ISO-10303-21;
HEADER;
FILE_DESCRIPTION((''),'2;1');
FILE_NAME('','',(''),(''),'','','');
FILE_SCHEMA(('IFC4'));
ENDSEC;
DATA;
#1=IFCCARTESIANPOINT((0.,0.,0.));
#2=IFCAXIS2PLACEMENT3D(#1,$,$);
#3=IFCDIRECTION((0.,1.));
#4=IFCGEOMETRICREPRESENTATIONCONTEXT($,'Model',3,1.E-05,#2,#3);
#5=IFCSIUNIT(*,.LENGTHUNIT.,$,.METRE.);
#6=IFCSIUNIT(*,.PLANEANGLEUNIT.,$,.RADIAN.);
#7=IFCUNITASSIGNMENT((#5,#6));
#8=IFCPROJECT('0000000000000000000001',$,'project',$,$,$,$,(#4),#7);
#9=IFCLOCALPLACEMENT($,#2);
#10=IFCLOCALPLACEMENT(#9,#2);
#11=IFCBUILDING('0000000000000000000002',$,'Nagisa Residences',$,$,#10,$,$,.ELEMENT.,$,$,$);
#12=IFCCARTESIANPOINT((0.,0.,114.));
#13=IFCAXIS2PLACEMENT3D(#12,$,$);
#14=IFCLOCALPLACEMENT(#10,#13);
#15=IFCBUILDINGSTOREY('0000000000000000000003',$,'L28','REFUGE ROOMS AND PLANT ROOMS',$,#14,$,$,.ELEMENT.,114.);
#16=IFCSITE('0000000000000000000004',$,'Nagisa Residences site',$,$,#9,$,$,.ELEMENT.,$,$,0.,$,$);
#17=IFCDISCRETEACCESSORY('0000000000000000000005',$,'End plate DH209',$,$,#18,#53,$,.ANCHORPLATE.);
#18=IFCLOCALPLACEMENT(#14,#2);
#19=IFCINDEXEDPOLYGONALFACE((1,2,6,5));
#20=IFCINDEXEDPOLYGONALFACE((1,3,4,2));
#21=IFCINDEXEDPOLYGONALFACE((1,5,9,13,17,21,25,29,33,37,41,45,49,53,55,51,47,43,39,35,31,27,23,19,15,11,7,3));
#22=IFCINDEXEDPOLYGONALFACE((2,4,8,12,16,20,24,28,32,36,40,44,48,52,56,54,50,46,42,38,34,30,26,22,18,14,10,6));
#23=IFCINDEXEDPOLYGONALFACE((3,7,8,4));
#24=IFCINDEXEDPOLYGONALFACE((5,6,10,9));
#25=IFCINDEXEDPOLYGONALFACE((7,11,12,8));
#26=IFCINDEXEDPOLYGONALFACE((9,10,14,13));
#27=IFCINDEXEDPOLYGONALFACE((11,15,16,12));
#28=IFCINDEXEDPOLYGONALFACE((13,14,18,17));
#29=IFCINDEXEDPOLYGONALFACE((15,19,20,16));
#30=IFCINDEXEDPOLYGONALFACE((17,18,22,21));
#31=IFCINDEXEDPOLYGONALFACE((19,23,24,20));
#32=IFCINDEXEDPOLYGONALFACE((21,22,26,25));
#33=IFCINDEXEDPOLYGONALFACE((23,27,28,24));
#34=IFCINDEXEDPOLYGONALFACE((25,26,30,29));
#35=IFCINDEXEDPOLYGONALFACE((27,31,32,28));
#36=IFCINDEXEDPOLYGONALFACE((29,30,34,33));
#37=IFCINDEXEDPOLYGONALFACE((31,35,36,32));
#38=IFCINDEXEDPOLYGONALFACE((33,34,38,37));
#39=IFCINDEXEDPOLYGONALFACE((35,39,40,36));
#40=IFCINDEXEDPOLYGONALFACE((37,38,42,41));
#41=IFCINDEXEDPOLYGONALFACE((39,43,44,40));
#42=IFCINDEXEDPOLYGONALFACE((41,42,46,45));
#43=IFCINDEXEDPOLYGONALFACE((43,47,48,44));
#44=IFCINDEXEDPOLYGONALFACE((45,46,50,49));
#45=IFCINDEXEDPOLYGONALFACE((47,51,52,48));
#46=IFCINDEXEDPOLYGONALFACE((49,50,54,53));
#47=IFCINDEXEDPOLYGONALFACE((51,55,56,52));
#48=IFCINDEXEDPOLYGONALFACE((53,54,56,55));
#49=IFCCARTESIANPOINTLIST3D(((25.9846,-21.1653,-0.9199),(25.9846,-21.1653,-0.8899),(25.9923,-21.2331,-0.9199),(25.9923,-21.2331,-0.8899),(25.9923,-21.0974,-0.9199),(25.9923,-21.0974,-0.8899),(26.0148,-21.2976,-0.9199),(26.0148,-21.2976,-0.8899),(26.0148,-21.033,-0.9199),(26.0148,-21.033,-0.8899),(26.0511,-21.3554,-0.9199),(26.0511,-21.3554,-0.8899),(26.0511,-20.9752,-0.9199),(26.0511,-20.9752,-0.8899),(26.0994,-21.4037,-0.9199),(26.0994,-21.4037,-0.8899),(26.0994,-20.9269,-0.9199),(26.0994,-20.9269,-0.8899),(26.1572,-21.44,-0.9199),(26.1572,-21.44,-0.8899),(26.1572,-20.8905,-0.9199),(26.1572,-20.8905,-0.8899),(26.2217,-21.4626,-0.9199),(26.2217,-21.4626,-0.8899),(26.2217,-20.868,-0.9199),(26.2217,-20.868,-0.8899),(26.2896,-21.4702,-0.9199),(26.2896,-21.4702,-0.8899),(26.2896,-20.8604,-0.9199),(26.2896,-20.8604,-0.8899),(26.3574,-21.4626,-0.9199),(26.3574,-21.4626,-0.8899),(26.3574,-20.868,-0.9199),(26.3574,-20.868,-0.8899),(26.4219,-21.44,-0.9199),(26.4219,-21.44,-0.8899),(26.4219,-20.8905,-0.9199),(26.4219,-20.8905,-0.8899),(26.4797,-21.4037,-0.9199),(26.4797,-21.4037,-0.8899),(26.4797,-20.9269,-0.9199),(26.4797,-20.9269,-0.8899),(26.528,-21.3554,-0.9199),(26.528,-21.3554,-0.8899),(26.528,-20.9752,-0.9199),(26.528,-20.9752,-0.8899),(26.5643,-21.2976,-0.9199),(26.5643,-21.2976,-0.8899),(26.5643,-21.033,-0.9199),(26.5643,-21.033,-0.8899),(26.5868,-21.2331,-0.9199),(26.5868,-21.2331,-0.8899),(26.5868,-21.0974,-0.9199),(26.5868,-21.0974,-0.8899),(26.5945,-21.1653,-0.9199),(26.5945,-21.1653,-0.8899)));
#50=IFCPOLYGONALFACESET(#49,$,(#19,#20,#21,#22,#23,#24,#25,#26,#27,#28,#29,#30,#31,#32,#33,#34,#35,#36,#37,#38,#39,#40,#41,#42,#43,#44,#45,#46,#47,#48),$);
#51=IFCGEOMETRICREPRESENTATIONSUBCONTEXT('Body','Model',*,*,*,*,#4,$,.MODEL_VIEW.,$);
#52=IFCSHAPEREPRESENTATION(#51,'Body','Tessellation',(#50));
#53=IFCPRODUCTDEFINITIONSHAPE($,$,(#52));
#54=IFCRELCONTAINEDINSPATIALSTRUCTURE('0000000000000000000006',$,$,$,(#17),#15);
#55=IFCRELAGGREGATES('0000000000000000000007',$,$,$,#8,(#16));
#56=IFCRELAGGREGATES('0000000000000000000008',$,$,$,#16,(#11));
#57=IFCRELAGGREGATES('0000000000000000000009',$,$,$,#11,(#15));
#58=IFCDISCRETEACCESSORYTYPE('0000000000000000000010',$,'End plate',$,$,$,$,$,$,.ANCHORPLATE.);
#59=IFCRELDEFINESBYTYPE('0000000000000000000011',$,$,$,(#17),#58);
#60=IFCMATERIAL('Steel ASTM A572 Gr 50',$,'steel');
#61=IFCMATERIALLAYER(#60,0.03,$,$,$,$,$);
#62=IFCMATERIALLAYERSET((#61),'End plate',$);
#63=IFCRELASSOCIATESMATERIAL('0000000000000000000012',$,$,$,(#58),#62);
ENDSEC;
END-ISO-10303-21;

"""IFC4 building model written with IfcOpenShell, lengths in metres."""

from ifc_helpers import new_model, si_unit, direction, frame, origin, origin_2d, place, context, subcontext, project, spatial, circle, extrude, material, layer, layer_set, type_object, element, save


model = new_model("IFC4")

# Units and contexts
model_context = context("Model", 3, precision=1e-05, world=origin(), true_north=direction((0.0, 1.0)))
body_context = subcontext(model_context, "Body", "Model", "MODEL_VIEW")
ifc_project = project(units=[si_unit("LENGTHUNIT", "METRE"), si_unit("PLANEANGLEUNIT", "RADIAN")], contexts=[model_context])

# Site, building, storey
site_placement = place(None, origin())
site = spatial("IfcSite", under=ifc_project, at=site_placement, Name="Nagisa Residences site", CompositionType="ELEMENT", RefElevation=0.0)
building_placement = place(site_placement, origin())
building = spatial("IfcBuilding", under=site, at=building_placement, Name="Nagisa Residences", CompositionType="ELEMENT")
storey_placement = place(building_placement, frame((0.0, 0.0, 114.0)))
storey = spatial("IfcBuildingStorey", under=building, at=storey_placement, Name="L28", Description="REFUGE ROOMS AND PLANT ROOMS", CompositionType="ELEMENT", Elevation=114.0)

# Discrete accessory
ifc_material_1 = material(Name="Steel ASTM A572 Gr 50", Category="steel")
ifc_layer_1 = layer(ifc_material_1, 0.03)
ifc_layer_set_1 = layer_set([ifc_layer_1], Name="End plate")
discrete_accessory_type = type_object("IfcDiscreteAccessoryType", Name="End plate", PredefinedType="ANCHORPLATE", material=ifc_layer_set_1)
for number, where, z_axis, x_axis, name in (
    (1, (26.2896, -21.1653, -0.8899), (0.0, 0.0, -1.0), (1.0, 0.0, 0.0), "End plate DH209"),
):
    element("IfcDiscreteAccessory", number, at=place(storey_placement, frame(where, z_axis=z_axis, x_axis=x_axis)), inside=storey, type_object=discrete_accessory_type, Name=name, PredefinedType="ANCHORPLATE", context=body_context, shape_type="SweptSolid", body=[
        extrude(circle(Radius=0.3049, at=origin_2d()), origin(), (0.0, 0.0, 1.0), 0.03),
    ])

save(model, "model.ifc")
